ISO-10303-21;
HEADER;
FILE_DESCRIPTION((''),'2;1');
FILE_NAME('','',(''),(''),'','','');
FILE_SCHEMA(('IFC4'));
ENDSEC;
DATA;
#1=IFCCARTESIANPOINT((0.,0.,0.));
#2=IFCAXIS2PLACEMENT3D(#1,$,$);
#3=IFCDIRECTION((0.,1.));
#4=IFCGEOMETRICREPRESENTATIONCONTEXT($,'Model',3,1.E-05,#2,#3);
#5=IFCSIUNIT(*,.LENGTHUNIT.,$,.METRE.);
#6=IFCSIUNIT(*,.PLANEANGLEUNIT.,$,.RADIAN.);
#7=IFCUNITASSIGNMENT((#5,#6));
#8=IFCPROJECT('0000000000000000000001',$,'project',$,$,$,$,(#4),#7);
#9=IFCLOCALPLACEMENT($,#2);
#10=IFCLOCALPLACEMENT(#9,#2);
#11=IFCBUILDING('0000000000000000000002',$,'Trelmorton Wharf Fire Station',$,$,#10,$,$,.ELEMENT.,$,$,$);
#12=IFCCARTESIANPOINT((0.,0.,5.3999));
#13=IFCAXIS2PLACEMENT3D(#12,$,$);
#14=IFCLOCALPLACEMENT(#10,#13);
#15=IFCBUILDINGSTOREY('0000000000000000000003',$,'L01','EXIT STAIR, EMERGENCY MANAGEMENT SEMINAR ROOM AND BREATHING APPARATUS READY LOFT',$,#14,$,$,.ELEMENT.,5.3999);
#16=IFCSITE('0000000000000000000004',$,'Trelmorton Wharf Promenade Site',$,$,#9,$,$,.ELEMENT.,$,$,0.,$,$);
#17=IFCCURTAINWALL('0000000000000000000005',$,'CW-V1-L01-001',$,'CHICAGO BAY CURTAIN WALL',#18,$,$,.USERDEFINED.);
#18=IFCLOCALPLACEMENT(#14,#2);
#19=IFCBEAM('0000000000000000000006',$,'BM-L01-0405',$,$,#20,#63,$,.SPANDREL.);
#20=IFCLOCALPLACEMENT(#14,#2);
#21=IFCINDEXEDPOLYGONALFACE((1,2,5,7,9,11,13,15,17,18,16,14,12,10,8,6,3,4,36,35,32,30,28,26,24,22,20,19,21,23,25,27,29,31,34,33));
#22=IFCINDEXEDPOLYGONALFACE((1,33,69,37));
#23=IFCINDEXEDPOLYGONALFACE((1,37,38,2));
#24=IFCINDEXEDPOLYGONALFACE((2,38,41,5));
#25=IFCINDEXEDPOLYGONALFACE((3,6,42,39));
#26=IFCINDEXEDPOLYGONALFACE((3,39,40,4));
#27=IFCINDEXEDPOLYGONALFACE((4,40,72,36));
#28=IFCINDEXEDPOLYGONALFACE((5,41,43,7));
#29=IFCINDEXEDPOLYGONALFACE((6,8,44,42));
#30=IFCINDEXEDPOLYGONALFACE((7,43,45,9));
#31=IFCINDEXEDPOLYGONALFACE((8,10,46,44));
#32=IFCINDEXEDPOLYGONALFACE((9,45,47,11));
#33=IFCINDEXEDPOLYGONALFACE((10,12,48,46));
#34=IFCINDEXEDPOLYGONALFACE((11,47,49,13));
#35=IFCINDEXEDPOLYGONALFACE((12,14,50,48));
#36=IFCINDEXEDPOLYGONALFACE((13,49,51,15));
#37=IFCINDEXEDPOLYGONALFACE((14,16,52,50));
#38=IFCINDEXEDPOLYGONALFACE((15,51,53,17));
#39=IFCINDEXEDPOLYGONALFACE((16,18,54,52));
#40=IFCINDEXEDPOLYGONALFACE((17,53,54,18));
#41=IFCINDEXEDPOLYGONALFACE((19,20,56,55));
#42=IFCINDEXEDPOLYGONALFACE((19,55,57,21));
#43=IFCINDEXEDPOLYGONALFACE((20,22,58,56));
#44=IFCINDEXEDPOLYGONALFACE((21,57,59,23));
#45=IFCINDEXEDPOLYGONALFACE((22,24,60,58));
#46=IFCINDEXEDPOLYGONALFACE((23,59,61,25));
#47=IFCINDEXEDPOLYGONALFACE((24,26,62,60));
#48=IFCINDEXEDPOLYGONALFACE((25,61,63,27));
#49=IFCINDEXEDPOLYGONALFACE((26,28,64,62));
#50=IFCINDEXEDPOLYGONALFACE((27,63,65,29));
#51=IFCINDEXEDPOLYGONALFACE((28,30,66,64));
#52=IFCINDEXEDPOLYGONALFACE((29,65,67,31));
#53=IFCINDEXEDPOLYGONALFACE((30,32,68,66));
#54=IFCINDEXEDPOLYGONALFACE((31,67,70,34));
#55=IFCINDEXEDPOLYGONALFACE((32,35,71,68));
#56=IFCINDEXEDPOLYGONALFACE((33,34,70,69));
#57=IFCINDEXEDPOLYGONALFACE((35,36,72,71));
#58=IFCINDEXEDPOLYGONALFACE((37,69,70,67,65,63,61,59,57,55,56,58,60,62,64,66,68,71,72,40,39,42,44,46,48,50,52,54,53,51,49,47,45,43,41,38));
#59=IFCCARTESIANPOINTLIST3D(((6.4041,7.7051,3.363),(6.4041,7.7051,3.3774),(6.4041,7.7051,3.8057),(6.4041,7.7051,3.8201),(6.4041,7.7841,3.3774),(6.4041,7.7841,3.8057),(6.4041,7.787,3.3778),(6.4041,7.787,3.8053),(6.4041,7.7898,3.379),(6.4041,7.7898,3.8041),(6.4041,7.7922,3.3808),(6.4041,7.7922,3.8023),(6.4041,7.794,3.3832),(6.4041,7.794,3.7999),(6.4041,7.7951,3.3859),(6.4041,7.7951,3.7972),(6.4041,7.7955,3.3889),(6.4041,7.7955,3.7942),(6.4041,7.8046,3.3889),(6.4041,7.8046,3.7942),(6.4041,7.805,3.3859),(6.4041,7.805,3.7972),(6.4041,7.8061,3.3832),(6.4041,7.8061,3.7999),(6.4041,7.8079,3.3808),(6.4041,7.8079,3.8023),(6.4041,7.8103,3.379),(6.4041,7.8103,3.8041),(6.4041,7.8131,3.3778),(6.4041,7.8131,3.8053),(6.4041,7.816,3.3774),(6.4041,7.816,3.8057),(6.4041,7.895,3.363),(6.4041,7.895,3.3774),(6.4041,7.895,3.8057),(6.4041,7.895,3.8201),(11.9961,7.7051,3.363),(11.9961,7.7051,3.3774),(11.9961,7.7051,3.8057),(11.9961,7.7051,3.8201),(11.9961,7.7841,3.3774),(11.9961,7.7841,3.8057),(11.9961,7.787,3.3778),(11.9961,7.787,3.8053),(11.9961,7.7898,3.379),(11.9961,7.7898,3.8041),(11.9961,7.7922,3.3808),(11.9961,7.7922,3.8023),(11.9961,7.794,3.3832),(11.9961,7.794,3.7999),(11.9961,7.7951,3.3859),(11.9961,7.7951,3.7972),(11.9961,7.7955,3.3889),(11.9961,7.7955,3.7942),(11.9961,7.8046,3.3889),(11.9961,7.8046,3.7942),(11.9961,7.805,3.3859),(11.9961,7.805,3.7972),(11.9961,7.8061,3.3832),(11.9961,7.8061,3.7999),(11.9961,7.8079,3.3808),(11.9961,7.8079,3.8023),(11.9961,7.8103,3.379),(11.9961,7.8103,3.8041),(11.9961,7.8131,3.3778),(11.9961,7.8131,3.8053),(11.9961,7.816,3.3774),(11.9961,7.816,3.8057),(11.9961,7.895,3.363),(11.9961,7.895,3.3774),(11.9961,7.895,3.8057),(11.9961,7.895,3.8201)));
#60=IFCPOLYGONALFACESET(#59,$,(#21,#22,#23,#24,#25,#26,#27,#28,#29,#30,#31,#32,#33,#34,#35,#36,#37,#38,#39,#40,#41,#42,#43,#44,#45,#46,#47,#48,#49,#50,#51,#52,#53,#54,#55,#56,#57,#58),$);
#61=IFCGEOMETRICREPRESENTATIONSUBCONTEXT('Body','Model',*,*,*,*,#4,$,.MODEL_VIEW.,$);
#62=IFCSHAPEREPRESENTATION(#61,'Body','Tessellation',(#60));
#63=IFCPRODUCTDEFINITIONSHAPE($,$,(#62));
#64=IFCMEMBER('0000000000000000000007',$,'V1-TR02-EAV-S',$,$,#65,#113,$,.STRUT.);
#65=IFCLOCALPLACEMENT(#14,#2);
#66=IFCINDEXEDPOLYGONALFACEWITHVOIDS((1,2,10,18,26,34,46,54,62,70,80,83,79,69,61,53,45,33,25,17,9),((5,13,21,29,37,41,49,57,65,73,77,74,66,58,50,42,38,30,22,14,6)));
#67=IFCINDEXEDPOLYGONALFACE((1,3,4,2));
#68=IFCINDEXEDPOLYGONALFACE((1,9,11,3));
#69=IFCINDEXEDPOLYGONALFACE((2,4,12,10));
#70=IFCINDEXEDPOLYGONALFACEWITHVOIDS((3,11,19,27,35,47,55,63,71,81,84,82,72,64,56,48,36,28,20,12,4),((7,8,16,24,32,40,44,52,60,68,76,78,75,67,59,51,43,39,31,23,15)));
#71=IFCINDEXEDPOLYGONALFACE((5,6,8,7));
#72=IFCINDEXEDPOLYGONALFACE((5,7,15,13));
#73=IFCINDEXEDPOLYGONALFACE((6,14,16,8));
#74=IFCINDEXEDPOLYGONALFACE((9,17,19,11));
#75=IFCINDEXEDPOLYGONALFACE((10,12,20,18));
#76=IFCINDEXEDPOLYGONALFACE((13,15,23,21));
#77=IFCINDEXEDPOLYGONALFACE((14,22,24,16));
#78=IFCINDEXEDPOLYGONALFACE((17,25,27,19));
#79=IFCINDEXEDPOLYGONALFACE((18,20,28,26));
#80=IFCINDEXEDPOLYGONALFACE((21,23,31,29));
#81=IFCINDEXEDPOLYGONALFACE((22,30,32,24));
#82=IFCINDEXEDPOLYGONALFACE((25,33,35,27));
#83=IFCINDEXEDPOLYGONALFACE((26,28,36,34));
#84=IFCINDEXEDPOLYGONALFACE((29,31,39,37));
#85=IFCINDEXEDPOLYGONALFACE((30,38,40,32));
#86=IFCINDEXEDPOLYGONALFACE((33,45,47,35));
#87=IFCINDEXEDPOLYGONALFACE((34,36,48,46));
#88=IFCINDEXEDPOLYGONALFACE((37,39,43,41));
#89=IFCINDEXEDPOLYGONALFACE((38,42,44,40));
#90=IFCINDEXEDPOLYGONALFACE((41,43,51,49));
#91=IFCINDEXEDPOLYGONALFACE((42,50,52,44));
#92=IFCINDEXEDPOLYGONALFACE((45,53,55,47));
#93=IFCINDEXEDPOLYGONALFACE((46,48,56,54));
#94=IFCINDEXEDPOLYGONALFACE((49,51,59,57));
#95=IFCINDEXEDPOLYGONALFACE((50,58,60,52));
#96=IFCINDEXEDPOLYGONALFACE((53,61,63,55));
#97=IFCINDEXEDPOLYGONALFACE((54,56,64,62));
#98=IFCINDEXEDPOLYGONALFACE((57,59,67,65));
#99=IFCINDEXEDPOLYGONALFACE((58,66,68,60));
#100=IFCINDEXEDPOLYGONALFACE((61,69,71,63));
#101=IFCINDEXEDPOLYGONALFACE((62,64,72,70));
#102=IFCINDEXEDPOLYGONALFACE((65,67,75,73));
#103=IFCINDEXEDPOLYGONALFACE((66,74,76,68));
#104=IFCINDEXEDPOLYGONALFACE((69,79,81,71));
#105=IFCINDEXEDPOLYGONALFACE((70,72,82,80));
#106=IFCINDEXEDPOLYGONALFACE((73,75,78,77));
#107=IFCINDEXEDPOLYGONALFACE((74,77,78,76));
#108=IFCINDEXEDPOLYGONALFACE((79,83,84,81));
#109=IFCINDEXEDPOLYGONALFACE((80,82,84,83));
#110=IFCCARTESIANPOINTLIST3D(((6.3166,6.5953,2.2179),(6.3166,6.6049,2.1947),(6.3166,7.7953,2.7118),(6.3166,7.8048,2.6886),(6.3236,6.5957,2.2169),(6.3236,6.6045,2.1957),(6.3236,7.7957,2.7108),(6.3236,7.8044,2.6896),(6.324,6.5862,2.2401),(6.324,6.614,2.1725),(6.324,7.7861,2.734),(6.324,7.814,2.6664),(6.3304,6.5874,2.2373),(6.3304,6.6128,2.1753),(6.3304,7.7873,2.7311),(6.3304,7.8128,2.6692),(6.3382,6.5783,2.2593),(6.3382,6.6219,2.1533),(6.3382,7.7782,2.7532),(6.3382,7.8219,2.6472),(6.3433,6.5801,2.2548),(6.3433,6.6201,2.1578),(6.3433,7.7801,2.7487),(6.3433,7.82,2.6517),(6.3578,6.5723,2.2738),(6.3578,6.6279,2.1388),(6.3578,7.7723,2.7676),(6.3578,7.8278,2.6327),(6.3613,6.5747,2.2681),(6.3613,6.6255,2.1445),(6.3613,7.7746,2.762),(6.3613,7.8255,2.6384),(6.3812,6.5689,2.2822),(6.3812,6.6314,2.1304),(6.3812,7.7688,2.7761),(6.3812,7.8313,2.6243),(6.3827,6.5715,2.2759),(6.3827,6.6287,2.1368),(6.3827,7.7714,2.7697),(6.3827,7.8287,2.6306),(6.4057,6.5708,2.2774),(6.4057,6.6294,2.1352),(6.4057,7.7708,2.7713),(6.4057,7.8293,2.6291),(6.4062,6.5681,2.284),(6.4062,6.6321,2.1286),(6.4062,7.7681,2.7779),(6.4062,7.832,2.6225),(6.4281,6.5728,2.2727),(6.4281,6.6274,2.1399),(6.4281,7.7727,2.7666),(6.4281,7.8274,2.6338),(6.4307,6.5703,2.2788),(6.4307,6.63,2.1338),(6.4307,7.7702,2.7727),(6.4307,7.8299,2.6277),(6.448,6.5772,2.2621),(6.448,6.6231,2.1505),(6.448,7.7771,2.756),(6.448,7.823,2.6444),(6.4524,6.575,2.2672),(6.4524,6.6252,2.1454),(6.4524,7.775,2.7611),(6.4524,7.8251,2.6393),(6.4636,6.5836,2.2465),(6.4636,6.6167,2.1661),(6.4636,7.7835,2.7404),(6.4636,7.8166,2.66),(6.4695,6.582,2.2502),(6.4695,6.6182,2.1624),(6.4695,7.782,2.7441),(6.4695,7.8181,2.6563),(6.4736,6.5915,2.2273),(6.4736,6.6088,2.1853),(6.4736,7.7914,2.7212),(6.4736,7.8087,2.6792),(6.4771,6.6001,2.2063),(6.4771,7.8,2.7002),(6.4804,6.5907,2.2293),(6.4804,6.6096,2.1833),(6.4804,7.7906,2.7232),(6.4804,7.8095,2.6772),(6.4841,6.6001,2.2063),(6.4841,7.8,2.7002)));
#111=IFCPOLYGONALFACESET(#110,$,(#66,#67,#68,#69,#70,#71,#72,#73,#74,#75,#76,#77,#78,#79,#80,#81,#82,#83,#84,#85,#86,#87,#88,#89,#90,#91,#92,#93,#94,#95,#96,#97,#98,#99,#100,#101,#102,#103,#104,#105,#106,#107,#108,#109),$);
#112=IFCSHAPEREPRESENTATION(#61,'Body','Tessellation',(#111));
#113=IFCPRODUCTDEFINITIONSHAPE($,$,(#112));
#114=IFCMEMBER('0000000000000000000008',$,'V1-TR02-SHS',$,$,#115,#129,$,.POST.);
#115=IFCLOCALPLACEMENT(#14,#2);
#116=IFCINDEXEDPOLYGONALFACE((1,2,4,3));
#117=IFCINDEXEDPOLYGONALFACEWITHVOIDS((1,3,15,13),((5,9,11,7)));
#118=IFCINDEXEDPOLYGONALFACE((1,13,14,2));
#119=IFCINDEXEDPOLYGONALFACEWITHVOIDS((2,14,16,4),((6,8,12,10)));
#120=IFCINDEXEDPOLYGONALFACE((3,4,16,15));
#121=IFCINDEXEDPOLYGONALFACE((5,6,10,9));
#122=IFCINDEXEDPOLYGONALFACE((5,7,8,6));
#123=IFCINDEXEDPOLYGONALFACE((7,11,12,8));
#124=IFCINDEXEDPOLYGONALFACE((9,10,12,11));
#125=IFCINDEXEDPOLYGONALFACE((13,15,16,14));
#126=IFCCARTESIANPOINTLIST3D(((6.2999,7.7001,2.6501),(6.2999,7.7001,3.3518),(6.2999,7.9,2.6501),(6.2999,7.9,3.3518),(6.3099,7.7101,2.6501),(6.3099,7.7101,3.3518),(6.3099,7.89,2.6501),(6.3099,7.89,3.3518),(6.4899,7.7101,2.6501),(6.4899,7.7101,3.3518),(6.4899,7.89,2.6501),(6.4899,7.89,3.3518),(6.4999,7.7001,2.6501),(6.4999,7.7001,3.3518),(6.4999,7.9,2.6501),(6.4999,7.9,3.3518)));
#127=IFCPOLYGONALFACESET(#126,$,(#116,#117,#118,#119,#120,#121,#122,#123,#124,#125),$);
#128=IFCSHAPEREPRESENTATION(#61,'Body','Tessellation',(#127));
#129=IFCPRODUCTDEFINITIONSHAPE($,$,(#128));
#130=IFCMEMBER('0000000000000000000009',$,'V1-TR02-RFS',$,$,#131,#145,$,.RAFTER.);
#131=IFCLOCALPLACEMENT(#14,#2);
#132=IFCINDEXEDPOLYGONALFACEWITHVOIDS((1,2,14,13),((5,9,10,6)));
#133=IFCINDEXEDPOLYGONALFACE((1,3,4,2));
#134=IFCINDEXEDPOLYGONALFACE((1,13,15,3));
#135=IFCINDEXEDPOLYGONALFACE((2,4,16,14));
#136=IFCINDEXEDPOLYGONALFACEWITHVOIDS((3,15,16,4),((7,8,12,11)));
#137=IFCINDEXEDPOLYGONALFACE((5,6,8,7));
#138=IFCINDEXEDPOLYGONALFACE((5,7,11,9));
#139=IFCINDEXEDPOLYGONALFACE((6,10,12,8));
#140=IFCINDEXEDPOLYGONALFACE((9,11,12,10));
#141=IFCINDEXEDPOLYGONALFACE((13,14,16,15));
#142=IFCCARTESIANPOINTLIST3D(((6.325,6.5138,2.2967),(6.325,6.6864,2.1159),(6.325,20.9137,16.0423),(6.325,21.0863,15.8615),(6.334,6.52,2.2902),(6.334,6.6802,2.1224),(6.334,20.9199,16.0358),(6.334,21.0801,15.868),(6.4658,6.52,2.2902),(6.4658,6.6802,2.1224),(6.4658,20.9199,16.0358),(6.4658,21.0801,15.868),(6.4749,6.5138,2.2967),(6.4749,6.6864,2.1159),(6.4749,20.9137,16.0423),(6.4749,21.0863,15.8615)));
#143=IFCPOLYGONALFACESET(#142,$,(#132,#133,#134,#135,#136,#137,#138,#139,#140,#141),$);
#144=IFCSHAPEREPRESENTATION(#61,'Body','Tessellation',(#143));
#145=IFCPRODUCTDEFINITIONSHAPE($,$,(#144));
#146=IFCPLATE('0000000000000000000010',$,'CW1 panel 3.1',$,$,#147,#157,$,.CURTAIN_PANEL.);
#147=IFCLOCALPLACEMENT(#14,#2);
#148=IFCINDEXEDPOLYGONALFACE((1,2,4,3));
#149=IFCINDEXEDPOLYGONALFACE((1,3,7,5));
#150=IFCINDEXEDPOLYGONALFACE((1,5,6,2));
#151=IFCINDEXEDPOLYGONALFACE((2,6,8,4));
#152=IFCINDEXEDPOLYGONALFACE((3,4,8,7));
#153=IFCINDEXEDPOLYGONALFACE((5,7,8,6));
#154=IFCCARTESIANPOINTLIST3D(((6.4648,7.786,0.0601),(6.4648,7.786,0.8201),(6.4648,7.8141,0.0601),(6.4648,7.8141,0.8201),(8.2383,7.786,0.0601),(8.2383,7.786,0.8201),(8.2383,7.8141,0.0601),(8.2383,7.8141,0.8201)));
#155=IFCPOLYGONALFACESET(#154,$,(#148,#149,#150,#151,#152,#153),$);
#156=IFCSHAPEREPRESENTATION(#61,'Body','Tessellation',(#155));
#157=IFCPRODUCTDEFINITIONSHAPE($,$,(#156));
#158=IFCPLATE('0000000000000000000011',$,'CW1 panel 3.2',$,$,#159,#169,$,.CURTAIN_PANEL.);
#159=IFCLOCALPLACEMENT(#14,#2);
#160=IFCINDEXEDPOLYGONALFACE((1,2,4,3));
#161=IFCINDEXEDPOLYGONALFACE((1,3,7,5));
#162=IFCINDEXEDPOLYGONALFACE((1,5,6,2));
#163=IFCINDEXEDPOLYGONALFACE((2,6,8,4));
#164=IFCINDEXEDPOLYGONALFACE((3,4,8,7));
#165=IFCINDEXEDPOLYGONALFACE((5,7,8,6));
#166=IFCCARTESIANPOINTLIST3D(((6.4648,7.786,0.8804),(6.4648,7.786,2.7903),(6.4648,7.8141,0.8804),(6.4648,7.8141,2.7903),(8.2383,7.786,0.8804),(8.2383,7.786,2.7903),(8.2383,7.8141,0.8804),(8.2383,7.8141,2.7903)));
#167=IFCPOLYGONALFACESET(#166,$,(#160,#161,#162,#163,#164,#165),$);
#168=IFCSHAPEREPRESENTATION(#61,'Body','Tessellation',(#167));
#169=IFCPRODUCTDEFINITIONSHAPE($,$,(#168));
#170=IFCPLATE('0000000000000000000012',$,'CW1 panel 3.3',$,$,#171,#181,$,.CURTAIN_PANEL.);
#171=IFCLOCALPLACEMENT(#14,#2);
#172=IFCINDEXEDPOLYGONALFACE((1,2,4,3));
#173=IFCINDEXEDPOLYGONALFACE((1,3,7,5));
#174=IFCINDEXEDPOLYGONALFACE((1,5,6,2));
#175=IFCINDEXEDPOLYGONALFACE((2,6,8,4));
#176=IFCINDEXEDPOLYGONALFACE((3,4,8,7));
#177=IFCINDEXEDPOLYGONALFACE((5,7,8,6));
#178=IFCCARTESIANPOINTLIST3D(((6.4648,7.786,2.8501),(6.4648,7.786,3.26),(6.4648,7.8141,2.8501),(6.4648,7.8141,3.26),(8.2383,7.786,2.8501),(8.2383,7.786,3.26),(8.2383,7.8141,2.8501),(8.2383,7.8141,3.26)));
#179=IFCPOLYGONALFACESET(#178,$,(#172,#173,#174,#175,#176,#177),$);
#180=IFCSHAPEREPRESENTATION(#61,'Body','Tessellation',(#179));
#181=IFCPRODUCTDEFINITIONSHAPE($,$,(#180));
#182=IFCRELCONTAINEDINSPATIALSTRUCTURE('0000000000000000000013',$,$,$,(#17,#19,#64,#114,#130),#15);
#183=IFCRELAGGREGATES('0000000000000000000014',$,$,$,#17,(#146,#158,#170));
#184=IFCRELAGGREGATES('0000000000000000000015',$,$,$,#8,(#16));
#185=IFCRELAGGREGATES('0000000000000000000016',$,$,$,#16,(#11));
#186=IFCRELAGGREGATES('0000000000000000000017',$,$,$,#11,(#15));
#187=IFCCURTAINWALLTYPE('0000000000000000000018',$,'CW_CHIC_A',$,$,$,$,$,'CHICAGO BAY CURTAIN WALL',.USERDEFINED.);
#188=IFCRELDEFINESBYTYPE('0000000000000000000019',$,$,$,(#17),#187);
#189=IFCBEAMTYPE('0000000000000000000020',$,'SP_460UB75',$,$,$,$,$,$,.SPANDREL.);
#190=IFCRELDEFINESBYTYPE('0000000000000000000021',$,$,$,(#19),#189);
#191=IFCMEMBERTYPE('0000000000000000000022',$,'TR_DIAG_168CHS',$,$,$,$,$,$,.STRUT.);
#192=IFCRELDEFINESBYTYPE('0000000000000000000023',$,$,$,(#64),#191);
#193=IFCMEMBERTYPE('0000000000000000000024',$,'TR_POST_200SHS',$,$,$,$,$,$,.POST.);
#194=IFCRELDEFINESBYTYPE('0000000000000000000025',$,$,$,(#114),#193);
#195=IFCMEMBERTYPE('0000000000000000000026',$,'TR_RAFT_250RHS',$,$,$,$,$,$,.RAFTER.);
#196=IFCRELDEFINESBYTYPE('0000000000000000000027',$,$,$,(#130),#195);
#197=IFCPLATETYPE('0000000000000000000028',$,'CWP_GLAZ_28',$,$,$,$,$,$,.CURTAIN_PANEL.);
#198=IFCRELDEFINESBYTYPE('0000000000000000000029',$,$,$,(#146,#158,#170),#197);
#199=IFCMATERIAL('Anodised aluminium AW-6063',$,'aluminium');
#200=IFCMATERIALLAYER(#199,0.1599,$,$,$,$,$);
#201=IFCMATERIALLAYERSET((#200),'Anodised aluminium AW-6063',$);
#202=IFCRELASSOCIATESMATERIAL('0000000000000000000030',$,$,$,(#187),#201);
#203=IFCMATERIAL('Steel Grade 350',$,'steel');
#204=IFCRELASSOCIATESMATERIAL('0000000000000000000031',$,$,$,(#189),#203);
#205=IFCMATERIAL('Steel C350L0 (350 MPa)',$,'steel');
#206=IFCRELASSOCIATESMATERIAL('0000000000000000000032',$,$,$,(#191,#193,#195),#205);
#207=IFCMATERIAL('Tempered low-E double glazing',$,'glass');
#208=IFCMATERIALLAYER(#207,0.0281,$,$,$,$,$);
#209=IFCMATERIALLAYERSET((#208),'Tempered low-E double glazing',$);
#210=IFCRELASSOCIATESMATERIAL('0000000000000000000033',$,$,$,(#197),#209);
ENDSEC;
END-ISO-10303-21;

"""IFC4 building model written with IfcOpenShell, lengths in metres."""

from ifc_helpers import new_model, si_unit, direction, frame, origin, origin_2d, place, context, subcontext, project, spatial, rectangle, hollow_rectangle, hollow_circle, i_section, extrude, material, layer, layer_set, material_profile, profile_set, type_object, element, aggregate, save


model = new_model("IFC4")

# Units and contexts
model_context = context("Model", 3, precision=1e-05, world=origin(), true_north=direction((0.0, 1.0)))
body_context = subcontext(model_context, "Body", "Model", "MODEL_VIEW")
ifc_project = project(units=[si_unit("LENGTHUNIT", "METRE"), si_unit("PLANEANGLEUNIT", "RADIAN")], contexts=[model_context])

# Site, building, storey
site_placement = place(None, origin())
site = spatial("IfcSite", under=ifc_project, at=site_placement, Name="Trelmorton Wharf Promenade Site", CompositionType="ELEMENT", RefElevation=0.0)
building_placement = place(site_placement, origin())
building = spatial("IfcBuilding", under=site, at=building_placement, Name="Trelmorton Wharf Fire Station", CompositionType="ELEMENT")
storey_placement = place(building_placement, frame((0.0, 0.0, 5.3999)))
storey = spatial("IfcBuildingStorey", under=building, at=storey_placement, Name="L01", Description="EXIT STAIR, EMERGENCY MANAGEMENT SEMINAR ROOM AND BREATHING APPARATUS READY LOFT", CompositionType="ELEMENT", Elevation=5.3999)

# Shared definitions
ifc_material_1 = material(Name="Steel Grade 350", Category="steel")

# Curtain wall
ifc_material_2 = material(Name="Anodised aluminium AW-6063", Category="aluminium")
ifc_layer_1 = layer(ifc_material_2, 0.1599)
ifc_layer_set_1 = layer_set([ifc_layer_1], Name="Anodised aluminium AW-6063")
curtain_wall_type = type_object("IfcCurtainWallType", Name="CW_CHIC_A", ElementType="CHICAGO BAY CURTAIN WALL", PredefinedType="USERDEFINED", material=ifc_layer_set_1)
curtain_wall_placement = place(storey_placement, origin())
curtain_wall = element("IfcCurtainWall", 1, at=curtain_wall_placement, inside=storey, type_object=curtain_wall_type, Name="CW-V1-L01-001", ObjectType="CHICAGO BAY CURTAIN WALL", PredefinedType="USERDEFINED")

# Beam
ifc_material_profile_1 = material_profile(ifc_material_1, i_section(OverallWidth=0.1899, OverallDepth=0.457, WebThickness=0.009, FlangeThickness=0.0144, FilletRadius=0.0115, at=origin_2d()), Name="460UB74.6")
ifc_profile_set_1 = profile_set([ifc_material_profile_1], Name="Steel Grade 350")
beam_type_1 = type_object("IfcBeamType", Name="SP_460UB75", PredefinedType="SPANDREL", material=ifc_profile_set_1)
beam_1_placement = place(storey_placement, frame((6.4041, 7.8, 3.5916), z_axis=(1.0, 0.0, 0.0), x_axis=(0.0, 1.0, 0.0)))
element("IfcBeam", 2, at=beam_1_placement, inside=storey, type_object=beam_type_1, Name="BM-L01-0405", PredefinedType="SPANDREL", context=body_context, shape_type="SweptSolid", body=[
    extrude(i_section(OverallWidth=0.1899, OverallDepth=0.457, WebThickness=0.009, FlangeThickness=0.0144, FilletRadius=0.0115, at=origin_2d()), origin(), (0.0, 0.0, 1.0), 5.592),
])

# Members
ifc_material_3 = material(Name="Steel C350L0 (350 MPa)", Category="steel")
ifc_material_profile_2 = material_profile(ifc_material_3, hollow_circle(Radius=0.0842, WallThickness=0.0071, at=origin_2d()), Name="168.3x7.1CHS")
ifc_profile_set_2 = profile_set([ifc_material_profile_2], Name="Steel C350L0 (350 MPa)")
member_type_1 = type_object("IfcMemberType", Name="TR_DIAG_168CHS", PredefinedType="STRUT", material=ifc_profile_set_2)
member_1_placement = place(storey_placement, frame((6.3999, 7.8, 2.7002), z_axis=(0.0, -0.924733, -0.380617), x_axis=(1.0, 0.0, 0.0)))
element("IfcMember", 3, at=member_1_placement, inside=storey, type_object=member_type_1, Name="V1-TR02-EAV-S", PredefinedType="STRUT", context=body_context, shape_type="SweptSolid", body=[
    extrude(hollow_circle(Radius=0.0842, WallThickness=0.0071, at=origin_2d()), origin(), (0.0, 0.0, 1.0), 1.2976),
])
ifc_material_profile_3 = material_profile(ifc_material_3, hollow_rectangle(XDim=0.2, YDim=0.2, WallThickness=0.01, at=origin_2d()), Name="200x200x10.0SHS")
ifc_profile_set_3 = profile_set([ifc_material_profile_3], Name="Steel C350L0 (350 MPa)")
member_type_2 = type_object("IfcMemberType", Name="TR_POST_200SHS", PredefinedType="POST", material=ifc_profile_set_3)
member_2_placement = place(storey_placement, frame((6.3999, 7.8, 2.6501), z_axis=(0.0, 0.0, 1.0), x_axis=(1.0, 0.0, 0.0)))
element("IfcMember", 4, at=member_2_placement, inside=storey, type_object=member_type_2, Name="V1-TR02-SHS", PredefinedType="POST", context=body_context, shape_type="SweptSolid", body=[
    extrude(hollow_rectangle(XDim=0.2, YDim=0.2, WallThickness=0.01, at=origin_2d()), origin(), (0.0, 0.0, 1.0), 0.7017),
])
ifc_material_profile_4 = material_profile(ifc_material_3, hollow_rectangle(XDim=0.1499, YDim=0.25, WallThickness=0.009, at=origin_2d()), Name="250x150x9.0RHS")
ifc_profile_set_4 = profile_set([ifc_material_profile_4], Name="Steel C350L0 (350 MPa)")
member_type_3 = type_object("IfcMemberType", Name="TR_RAFT_250RHS", PredefinedType="RAFTER", material=ifc_profile_set_4)
member_3_placement = place(storey_placement, frame((6.3999, 6.6001, 2.2063), z_axis=(0.0, 0.723349, 0.690482), x_axis=(-1.0, 0.0, 0.0)))
element("IfcMember", 5, at=member_3_placement, inside=storey, type_object=member_type_3, Name="V1-TR02-RFS", PredefinedType="RAFTER", context=body_context, shape_type="SweptSolid", body=[
    extrude(hollow_rectangle(XDim=0.1499, YDim=0.25, WallThickness=0.009, at=origin_2d()), origin(), (0.0, 0.0, 1.0), 19.9072),
])

# Plates
ifc_material_4 = material(Name="Tempered low-E double glazing", Category="glass")
ifc_layer_2 = layer(ifc_material_4, 0.0281)
ifc_layer_set_2 = layer_set([ifc_layer_2], Name="Tempered low-E double glazing")
plate_type_1 = type_object("IfcPlateType", Name="CWP_GLAZ_28", PredefinedType="CURTAIN_PANEL", material=ifc_layer_set_2)
plate_1_placement = place(storey_placement, frame((7.3516, 7.8, 0.0601), z_axis=(0.0, 0.0, 1.0), x_axis=(-1.0, 0.0, 0.0)))
plate_1 = element("IfcPlate", 6, at=plate_1_placement, type_object=plate_type_1, Name="CW1 panel 3.1", PredefinedType="CURTAIN_PANEL", context=body_context, shape_type="SweptSolid", body=[
    extrude(rectangle(XDim=1.7734, YDim=0.0281, at=origin_2d()), origin(), (0.0, 0.0, 1.0), 0.76),
])
plate_2_placement = place(storey_placement, frame((7.3516, 7.8, 0.8804), z_axis=(0.0, 0.0, 1.0), x_axis=(-1.0, 0.0, 0.0)))
plate_2 = element("IfcPlate", 7, at=plate_2_placement, type_object=plate_type_1, Name="CW1 panel 3.2", PredefinedType="CURTAIN_PANEL", context=body_context, shape_type="SweptSolid", body=[
    extrude(rectangle(XDim=1.7734, YDim=0.0281, at=origin_2d()), origin(), (0.0, 0.0, 1.0), 1.9099),
])
plate_3_placement = place(storey_placement, frame((7.3516, 7.8, 2.8501), z_axis=(0.0, 0.0, 1.0), x_axis=(-1.0, 0.0, 0.0)))
plate_3 = element("IfcPlate", 8, at=plate_3_placement, type_object=plate_type_1, Name="CW1 panel 3.3", PredefinedType="CURTAIN_PANEL", context=body_context, shape_type="SweptSolid", body=[
    extrude(rectangle(XDim=1.7734, YDim=0.0281, at=origin_2d()), origin(), (0.0, 0.0, 1.0), 0.4099),
])
aggregate(curtain_wall, [plate_1, plate_2, plate_3])

save(model, "model.ifc")
